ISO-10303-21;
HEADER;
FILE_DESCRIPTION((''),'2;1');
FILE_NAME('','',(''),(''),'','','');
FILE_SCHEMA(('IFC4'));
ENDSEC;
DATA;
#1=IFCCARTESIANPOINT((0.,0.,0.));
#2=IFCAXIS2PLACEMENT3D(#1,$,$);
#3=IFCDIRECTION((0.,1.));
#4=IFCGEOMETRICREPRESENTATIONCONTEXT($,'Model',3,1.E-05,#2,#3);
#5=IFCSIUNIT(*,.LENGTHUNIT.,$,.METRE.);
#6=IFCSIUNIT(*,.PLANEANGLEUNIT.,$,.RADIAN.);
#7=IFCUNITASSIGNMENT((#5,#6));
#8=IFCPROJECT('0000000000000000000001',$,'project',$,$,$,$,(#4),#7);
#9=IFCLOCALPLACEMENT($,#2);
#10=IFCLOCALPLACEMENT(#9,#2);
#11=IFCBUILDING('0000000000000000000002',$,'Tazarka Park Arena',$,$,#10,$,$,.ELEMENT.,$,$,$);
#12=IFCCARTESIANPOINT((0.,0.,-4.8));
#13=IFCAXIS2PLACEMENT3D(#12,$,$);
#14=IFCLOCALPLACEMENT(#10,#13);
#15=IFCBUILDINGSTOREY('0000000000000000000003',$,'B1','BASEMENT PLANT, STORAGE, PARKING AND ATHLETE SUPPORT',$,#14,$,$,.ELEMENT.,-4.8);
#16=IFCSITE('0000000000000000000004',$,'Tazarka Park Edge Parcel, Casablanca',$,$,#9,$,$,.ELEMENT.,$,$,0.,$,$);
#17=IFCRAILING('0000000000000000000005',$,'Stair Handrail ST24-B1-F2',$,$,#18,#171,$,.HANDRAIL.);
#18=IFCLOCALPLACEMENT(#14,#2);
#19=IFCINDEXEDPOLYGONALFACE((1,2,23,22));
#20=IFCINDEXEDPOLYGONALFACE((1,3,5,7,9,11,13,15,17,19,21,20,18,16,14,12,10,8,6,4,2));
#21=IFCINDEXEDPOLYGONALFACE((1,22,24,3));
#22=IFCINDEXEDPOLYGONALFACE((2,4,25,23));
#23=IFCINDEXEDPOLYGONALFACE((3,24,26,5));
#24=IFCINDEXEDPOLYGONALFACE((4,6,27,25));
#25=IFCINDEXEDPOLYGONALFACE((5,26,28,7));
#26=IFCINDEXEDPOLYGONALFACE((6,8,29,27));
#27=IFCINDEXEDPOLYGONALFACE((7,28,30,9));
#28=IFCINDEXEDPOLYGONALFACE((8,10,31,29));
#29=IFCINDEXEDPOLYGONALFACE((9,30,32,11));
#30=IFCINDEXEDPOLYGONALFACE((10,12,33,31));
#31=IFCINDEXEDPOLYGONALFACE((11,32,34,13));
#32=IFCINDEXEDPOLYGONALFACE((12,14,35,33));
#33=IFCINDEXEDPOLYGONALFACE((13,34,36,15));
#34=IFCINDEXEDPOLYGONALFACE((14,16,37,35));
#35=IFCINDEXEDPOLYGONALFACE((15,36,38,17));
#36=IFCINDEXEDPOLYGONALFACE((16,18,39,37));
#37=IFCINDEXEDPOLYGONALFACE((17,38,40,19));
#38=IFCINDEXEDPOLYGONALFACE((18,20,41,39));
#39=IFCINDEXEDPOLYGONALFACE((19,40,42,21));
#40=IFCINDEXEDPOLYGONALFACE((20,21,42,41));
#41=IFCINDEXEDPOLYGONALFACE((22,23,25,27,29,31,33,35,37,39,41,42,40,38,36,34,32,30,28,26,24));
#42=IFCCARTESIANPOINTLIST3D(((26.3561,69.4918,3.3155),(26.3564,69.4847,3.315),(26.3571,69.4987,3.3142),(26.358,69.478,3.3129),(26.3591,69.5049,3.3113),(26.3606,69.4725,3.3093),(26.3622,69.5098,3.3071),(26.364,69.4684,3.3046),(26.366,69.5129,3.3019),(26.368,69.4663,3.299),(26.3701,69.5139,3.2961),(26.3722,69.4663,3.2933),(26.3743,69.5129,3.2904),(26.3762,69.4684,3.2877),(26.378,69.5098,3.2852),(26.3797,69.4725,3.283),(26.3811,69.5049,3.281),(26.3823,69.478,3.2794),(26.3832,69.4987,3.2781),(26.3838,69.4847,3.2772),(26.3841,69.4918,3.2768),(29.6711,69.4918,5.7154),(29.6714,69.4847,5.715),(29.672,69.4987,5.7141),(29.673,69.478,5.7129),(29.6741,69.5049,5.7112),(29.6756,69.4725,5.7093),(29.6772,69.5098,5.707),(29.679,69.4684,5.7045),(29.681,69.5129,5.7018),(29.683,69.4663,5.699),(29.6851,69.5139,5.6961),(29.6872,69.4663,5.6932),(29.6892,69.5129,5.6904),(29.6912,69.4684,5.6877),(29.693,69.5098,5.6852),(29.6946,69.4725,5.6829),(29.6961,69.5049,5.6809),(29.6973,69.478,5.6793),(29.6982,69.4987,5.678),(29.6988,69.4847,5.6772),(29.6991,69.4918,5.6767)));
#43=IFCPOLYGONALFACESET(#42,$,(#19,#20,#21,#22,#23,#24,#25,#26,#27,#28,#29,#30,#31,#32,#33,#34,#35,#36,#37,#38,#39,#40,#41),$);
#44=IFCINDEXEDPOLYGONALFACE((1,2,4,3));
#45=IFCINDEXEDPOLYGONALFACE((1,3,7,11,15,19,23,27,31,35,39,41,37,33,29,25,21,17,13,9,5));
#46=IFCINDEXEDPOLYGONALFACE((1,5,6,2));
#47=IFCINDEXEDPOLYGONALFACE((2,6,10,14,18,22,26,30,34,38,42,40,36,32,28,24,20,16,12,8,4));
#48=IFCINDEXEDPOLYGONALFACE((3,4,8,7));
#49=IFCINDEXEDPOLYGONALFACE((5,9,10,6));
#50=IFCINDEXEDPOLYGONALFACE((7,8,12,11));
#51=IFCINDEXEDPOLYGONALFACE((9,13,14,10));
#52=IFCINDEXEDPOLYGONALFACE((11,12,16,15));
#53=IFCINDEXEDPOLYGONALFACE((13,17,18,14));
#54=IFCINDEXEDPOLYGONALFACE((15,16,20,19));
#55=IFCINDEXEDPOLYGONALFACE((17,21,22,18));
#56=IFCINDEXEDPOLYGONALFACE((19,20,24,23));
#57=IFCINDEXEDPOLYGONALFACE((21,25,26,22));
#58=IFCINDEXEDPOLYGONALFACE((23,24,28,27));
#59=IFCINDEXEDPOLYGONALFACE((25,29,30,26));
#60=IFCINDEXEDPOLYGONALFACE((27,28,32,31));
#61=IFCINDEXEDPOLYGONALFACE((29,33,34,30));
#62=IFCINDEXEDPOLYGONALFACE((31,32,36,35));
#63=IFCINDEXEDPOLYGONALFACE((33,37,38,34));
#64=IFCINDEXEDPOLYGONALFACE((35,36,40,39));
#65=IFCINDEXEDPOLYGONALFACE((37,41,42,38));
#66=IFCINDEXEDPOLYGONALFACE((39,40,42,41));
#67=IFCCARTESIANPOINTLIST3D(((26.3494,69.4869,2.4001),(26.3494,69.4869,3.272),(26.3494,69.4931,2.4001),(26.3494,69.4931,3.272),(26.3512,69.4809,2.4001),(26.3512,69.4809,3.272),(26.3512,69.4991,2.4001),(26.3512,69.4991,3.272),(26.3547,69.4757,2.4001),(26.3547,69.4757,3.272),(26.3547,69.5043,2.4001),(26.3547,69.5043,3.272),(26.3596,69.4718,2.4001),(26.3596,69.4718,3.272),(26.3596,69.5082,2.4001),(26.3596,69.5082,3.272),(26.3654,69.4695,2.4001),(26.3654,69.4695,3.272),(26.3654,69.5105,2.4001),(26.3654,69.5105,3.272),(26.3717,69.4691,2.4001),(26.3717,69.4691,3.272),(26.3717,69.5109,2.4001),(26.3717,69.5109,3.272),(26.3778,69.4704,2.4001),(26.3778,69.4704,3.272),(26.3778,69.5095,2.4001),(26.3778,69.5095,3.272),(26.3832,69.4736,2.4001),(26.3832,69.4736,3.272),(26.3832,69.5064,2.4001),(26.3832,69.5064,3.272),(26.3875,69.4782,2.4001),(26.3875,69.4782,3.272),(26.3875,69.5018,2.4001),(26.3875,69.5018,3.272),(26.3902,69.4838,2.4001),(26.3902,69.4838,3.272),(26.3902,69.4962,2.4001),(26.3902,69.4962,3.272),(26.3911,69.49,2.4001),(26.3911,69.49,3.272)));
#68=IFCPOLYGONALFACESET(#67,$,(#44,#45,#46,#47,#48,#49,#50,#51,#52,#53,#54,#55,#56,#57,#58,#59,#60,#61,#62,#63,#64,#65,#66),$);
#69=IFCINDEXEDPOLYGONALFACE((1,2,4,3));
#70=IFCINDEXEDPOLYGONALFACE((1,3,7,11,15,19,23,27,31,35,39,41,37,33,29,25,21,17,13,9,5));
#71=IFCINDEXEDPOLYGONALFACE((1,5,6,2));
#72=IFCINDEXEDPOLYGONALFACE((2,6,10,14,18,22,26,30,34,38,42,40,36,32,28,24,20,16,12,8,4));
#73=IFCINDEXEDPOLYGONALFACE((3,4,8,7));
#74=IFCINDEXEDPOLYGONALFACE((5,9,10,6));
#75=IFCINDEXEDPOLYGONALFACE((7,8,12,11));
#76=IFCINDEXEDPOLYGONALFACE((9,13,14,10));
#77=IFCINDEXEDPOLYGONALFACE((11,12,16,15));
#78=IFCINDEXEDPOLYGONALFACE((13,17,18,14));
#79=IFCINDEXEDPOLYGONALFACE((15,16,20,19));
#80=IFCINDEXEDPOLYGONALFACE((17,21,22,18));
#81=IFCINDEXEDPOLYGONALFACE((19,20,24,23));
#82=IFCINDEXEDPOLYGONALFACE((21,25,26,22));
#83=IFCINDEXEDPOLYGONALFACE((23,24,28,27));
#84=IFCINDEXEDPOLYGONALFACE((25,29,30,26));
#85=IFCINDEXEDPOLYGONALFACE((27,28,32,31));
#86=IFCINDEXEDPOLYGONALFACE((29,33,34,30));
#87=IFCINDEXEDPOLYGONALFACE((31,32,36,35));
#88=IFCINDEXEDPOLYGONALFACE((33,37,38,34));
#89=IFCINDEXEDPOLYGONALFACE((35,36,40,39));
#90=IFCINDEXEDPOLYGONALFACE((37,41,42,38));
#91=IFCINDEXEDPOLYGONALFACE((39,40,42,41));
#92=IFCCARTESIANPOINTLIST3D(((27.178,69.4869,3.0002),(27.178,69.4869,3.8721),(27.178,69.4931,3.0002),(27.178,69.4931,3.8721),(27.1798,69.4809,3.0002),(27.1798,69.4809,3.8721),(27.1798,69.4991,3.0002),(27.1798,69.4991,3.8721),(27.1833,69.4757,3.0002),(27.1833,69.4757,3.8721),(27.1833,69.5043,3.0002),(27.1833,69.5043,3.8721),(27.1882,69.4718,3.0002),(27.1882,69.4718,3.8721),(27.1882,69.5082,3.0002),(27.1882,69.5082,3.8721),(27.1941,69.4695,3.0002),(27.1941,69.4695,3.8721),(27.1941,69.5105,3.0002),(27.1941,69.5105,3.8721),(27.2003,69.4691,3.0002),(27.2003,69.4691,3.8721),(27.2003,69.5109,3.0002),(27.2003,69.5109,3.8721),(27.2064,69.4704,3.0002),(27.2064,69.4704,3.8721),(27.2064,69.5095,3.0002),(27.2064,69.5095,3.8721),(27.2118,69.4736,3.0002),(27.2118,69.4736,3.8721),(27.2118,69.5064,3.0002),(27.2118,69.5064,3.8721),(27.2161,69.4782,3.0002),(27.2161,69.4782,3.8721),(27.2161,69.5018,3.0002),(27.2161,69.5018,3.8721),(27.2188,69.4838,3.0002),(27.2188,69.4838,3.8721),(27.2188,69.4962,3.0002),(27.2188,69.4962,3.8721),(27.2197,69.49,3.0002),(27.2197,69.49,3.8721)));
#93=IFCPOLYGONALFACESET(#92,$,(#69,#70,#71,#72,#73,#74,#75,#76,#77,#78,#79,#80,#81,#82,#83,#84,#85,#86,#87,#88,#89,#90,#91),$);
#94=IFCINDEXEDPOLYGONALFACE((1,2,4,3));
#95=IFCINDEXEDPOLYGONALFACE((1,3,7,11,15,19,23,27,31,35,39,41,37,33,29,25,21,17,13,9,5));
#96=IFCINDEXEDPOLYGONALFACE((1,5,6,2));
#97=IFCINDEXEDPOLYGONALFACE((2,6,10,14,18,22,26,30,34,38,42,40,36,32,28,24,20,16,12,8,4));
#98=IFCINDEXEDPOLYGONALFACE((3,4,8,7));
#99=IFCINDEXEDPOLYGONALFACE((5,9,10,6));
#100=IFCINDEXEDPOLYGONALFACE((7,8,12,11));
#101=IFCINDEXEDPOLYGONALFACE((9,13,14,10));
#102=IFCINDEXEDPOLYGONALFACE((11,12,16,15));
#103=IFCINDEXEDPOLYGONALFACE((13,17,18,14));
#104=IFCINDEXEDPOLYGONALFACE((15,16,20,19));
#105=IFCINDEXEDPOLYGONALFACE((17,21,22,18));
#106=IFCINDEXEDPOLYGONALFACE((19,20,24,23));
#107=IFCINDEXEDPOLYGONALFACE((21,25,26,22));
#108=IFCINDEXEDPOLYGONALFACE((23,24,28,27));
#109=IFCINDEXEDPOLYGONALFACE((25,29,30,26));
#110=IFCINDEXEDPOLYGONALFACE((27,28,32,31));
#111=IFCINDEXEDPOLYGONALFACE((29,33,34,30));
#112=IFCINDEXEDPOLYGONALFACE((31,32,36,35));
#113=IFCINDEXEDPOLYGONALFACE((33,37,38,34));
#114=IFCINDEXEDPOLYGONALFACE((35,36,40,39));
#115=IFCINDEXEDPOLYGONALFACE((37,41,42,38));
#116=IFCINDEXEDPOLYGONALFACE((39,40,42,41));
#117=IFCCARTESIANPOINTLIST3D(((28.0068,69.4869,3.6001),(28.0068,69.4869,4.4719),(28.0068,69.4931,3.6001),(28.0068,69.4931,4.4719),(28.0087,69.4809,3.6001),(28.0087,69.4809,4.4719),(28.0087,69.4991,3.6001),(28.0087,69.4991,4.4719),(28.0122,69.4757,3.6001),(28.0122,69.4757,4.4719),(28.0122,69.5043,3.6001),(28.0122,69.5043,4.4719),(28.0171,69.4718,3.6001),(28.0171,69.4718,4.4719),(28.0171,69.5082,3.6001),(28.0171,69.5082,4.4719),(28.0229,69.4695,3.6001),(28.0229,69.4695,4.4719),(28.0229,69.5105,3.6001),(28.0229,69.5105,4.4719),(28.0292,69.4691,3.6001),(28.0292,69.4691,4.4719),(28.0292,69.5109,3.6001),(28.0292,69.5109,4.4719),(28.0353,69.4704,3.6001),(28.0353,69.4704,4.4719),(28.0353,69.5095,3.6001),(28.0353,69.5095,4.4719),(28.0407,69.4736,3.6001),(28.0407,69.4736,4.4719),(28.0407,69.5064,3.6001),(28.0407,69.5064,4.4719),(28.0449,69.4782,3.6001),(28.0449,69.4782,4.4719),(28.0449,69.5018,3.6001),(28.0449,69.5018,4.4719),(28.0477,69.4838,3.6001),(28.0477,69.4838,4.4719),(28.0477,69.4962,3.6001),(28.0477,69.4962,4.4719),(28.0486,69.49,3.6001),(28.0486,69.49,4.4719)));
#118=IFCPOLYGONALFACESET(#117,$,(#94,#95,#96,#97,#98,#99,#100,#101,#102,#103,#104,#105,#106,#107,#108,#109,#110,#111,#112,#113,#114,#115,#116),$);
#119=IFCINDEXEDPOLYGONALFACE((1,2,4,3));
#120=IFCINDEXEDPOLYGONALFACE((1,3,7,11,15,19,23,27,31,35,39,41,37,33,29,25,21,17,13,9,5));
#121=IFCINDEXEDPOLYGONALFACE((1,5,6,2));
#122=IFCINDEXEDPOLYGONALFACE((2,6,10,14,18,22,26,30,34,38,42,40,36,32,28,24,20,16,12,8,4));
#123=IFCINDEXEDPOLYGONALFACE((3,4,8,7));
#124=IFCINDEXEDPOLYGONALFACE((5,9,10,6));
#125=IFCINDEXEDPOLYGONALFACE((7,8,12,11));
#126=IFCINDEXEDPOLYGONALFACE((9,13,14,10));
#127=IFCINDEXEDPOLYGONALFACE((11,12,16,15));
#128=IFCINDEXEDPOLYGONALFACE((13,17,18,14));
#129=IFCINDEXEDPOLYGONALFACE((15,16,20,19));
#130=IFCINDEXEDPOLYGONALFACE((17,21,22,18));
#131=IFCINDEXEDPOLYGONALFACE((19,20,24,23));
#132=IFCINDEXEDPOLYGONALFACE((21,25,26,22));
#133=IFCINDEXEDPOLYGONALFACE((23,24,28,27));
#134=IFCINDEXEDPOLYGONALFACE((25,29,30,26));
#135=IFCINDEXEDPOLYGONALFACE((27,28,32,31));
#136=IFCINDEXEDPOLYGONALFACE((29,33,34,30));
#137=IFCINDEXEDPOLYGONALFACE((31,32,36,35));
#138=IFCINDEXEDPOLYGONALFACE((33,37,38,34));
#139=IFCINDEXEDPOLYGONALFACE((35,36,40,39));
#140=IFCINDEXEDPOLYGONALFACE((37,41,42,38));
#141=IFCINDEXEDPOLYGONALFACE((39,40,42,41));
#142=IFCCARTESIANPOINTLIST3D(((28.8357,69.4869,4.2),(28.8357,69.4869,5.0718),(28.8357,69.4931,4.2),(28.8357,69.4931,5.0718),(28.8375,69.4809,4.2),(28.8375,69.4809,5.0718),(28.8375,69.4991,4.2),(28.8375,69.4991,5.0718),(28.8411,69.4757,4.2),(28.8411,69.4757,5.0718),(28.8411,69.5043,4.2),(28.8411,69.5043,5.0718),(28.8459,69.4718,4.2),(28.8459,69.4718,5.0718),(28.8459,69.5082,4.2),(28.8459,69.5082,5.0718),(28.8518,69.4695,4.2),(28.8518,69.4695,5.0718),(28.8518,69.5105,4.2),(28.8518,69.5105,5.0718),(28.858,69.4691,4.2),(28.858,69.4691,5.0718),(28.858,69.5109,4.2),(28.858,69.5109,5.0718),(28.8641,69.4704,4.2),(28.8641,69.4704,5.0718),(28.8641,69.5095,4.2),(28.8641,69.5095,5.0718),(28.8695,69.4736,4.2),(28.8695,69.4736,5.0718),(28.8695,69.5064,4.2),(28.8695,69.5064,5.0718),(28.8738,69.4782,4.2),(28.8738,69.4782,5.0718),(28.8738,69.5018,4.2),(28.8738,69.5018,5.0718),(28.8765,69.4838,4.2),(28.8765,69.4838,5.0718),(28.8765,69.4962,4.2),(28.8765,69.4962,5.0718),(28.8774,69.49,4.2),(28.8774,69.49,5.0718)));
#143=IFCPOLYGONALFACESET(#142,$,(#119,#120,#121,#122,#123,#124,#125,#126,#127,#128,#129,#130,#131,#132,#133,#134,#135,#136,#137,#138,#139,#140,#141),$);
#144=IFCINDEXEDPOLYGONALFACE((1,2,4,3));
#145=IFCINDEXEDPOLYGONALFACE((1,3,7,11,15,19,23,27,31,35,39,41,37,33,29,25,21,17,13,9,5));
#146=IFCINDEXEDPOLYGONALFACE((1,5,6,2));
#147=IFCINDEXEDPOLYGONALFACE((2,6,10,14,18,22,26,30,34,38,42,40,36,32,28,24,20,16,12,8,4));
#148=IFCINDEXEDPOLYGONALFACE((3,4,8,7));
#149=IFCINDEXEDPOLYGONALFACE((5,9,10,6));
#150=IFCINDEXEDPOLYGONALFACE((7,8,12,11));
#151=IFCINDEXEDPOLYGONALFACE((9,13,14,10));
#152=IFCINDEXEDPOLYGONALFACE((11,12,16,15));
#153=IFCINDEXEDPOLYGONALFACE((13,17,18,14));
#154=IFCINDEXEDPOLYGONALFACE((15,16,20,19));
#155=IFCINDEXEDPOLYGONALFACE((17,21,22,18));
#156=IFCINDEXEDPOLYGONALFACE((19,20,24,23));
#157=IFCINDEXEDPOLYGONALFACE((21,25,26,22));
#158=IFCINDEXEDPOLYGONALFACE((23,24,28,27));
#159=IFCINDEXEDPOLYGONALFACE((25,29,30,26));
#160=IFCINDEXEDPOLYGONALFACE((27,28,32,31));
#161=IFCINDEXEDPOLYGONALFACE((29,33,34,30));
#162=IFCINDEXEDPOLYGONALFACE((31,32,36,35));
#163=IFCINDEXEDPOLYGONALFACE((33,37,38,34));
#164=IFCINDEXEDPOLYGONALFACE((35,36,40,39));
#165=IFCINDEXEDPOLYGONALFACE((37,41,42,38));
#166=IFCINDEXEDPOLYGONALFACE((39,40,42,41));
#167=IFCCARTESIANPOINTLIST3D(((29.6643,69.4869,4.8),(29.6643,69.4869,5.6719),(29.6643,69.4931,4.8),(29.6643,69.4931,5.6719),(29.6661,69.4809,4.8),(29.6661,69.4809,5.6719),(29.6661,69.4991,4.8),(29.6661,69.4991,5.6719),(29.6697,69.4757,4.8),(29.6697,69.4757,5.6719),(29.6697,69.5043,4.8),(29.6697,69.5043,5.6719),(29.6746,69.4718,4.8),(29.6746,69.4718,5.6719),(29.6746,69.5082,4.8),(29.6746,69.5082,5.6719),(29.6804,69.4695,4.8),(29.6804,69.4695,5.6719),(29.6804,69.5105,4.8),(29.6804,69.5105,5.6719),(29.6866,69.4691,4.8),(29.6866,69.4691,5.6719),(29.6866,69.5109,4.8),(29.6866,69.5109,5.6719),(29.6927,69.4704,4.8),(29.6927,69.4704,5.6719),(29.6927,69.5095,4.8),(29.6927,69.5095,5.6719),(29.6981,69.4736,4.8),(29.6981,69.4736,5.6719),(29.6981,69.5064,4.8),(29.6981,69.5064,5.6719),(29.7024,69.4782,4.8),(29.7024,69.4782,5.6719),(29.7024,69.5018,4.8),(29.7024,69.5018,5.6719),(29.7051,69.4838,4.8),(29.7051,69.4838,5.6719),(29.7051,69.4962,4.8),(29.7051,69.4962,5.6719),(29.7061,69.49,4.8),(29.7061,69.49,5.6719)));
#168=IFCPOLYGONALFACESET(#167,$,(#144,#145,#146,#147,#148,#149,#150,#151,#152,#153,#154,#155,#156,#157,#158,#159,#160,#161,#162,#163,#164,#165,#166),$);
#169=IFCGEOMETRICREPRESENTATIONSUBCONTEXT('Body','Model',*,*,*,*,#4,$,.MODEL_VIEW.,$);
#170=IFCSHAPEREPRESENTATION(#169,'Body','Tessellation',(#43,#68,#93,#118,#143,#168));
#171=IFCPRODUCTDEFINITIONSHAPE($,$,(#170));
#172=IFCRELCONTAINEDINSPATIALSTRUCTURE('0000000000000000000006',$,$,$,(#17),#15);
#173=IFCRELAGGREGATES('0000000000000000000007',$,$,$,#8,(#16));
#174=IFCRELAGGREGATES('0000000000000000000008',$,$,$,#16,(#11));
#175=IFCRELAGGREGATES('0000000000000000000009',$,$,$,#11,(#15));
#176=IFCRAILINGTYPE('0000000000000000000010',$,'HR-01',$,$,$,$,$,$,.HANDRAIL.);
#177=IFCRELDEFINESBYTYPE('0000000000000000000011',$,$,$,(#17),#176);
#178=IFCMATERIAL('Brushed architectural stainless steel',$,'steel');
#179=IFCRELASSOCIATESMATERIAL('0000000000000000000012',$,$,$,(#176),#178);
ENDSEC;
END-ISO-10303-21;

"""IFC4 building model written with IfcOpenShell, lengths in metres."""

from ifc_helpers import new_model, si_unit, direction, frame, origin, origin_2d, place, context, subcontext, project, spatial, circle, extrude, material, type_object, element, save


model = new_model("IFC4")

# Units and contexts
model_context = context("Model", 3, precision=1e-05, world=origin(), true_north=direction((0.0, 1.0)))
body_context = subcontext(model_context, "Body", "Model", "MODEL_VIEW")
ifc_project = project(units=[si_unit("LENGTHUNIT", "METRE"), si_unit("PLANEANGLEUNIT", "RADIAN")], contexts=[model_context])

# Site, building, storey
site_placement = place(None, origin())
site = spatial("IfcSite", under=ifc_project, at=site_placement, Name="Tazarka Park Edge Parcel, Casablanca", CompositionType="ELEMENT", RefElevation=0.0)
building_placement = place(site_placement, origin())
building = spatial("IfcBuilding", under=site, at=building_placement, Name="Tazarka Park Arena", CompositionType="ELEMENT")
storey_placement = place(building_placement, frame((0.0, 0.0, -4.8)))
storey = spatial("IfcBuildingStorey", under=building, at=storey_placement, Name="B1", Description="BASEMENT PLANT, STORAGE, PARKING AND ATHLETE SUPPORT", CompositionType="ELEMENT", Elevation=-4.8)

# Railing
ifc_material_1 = material(Name="Brushed architectural stainless steel", Category="steel")
railing_type_1 = type_object("IfcRailingType", Name="HR-01", PredefinedType="HANDRAIL", material=ifc_material_1)
railing_1_placement = place(storey_placement, frame((26.3701, 69.49, 2.4001)))
element("IfcRailing", 1, at=railing_1_placement, inside=storey, type_object=railing_type_1, Name="Stair Handrail ST24-B1-F2", PredefinedType="HANDRAIL", context=body_context, shape_type="SweptSolid", body=[
    extrude(circle(Radius=0.0239, at=origin_2d()), frame((0.0, 0.0, 0.896), z_axis=(0.810009, 0.0, 0.586418), x_axis=(0.0, 1.0, 0.0)), (0.0, 0.0, 1.0), 4.0925),
    extrude(circle(Radius=0.021, at=origin_2d()), origin(), (0.0, 0.0, 1.0), 0.8718),
    extrude(circle(Radius=0.021, at=origin_2d()), frame((0.8286, 0.0, 0.6001)), (0.0, 0.0, 1.0), 0.8718),
    extrude(circle(Radius=0.021, at=origin_2d()), frame((1.6575, 0.0, 1.2)), (0.0, 0.0, 1.0), 0.8718),
    extrude(circle(Radius=0.021, at=origin_2d()), frame((2.4863, 0.0, 1.7998)), (0.0, 0.0, 1.0), 0.8718),
    extrude(circle(Radius=0.021, at=origin_2d()), frame((3.3149, 0.0, 2.3999)), (0.0, 0.0, 1.0), 0.8718),
])

save(model, "model.ifc")
